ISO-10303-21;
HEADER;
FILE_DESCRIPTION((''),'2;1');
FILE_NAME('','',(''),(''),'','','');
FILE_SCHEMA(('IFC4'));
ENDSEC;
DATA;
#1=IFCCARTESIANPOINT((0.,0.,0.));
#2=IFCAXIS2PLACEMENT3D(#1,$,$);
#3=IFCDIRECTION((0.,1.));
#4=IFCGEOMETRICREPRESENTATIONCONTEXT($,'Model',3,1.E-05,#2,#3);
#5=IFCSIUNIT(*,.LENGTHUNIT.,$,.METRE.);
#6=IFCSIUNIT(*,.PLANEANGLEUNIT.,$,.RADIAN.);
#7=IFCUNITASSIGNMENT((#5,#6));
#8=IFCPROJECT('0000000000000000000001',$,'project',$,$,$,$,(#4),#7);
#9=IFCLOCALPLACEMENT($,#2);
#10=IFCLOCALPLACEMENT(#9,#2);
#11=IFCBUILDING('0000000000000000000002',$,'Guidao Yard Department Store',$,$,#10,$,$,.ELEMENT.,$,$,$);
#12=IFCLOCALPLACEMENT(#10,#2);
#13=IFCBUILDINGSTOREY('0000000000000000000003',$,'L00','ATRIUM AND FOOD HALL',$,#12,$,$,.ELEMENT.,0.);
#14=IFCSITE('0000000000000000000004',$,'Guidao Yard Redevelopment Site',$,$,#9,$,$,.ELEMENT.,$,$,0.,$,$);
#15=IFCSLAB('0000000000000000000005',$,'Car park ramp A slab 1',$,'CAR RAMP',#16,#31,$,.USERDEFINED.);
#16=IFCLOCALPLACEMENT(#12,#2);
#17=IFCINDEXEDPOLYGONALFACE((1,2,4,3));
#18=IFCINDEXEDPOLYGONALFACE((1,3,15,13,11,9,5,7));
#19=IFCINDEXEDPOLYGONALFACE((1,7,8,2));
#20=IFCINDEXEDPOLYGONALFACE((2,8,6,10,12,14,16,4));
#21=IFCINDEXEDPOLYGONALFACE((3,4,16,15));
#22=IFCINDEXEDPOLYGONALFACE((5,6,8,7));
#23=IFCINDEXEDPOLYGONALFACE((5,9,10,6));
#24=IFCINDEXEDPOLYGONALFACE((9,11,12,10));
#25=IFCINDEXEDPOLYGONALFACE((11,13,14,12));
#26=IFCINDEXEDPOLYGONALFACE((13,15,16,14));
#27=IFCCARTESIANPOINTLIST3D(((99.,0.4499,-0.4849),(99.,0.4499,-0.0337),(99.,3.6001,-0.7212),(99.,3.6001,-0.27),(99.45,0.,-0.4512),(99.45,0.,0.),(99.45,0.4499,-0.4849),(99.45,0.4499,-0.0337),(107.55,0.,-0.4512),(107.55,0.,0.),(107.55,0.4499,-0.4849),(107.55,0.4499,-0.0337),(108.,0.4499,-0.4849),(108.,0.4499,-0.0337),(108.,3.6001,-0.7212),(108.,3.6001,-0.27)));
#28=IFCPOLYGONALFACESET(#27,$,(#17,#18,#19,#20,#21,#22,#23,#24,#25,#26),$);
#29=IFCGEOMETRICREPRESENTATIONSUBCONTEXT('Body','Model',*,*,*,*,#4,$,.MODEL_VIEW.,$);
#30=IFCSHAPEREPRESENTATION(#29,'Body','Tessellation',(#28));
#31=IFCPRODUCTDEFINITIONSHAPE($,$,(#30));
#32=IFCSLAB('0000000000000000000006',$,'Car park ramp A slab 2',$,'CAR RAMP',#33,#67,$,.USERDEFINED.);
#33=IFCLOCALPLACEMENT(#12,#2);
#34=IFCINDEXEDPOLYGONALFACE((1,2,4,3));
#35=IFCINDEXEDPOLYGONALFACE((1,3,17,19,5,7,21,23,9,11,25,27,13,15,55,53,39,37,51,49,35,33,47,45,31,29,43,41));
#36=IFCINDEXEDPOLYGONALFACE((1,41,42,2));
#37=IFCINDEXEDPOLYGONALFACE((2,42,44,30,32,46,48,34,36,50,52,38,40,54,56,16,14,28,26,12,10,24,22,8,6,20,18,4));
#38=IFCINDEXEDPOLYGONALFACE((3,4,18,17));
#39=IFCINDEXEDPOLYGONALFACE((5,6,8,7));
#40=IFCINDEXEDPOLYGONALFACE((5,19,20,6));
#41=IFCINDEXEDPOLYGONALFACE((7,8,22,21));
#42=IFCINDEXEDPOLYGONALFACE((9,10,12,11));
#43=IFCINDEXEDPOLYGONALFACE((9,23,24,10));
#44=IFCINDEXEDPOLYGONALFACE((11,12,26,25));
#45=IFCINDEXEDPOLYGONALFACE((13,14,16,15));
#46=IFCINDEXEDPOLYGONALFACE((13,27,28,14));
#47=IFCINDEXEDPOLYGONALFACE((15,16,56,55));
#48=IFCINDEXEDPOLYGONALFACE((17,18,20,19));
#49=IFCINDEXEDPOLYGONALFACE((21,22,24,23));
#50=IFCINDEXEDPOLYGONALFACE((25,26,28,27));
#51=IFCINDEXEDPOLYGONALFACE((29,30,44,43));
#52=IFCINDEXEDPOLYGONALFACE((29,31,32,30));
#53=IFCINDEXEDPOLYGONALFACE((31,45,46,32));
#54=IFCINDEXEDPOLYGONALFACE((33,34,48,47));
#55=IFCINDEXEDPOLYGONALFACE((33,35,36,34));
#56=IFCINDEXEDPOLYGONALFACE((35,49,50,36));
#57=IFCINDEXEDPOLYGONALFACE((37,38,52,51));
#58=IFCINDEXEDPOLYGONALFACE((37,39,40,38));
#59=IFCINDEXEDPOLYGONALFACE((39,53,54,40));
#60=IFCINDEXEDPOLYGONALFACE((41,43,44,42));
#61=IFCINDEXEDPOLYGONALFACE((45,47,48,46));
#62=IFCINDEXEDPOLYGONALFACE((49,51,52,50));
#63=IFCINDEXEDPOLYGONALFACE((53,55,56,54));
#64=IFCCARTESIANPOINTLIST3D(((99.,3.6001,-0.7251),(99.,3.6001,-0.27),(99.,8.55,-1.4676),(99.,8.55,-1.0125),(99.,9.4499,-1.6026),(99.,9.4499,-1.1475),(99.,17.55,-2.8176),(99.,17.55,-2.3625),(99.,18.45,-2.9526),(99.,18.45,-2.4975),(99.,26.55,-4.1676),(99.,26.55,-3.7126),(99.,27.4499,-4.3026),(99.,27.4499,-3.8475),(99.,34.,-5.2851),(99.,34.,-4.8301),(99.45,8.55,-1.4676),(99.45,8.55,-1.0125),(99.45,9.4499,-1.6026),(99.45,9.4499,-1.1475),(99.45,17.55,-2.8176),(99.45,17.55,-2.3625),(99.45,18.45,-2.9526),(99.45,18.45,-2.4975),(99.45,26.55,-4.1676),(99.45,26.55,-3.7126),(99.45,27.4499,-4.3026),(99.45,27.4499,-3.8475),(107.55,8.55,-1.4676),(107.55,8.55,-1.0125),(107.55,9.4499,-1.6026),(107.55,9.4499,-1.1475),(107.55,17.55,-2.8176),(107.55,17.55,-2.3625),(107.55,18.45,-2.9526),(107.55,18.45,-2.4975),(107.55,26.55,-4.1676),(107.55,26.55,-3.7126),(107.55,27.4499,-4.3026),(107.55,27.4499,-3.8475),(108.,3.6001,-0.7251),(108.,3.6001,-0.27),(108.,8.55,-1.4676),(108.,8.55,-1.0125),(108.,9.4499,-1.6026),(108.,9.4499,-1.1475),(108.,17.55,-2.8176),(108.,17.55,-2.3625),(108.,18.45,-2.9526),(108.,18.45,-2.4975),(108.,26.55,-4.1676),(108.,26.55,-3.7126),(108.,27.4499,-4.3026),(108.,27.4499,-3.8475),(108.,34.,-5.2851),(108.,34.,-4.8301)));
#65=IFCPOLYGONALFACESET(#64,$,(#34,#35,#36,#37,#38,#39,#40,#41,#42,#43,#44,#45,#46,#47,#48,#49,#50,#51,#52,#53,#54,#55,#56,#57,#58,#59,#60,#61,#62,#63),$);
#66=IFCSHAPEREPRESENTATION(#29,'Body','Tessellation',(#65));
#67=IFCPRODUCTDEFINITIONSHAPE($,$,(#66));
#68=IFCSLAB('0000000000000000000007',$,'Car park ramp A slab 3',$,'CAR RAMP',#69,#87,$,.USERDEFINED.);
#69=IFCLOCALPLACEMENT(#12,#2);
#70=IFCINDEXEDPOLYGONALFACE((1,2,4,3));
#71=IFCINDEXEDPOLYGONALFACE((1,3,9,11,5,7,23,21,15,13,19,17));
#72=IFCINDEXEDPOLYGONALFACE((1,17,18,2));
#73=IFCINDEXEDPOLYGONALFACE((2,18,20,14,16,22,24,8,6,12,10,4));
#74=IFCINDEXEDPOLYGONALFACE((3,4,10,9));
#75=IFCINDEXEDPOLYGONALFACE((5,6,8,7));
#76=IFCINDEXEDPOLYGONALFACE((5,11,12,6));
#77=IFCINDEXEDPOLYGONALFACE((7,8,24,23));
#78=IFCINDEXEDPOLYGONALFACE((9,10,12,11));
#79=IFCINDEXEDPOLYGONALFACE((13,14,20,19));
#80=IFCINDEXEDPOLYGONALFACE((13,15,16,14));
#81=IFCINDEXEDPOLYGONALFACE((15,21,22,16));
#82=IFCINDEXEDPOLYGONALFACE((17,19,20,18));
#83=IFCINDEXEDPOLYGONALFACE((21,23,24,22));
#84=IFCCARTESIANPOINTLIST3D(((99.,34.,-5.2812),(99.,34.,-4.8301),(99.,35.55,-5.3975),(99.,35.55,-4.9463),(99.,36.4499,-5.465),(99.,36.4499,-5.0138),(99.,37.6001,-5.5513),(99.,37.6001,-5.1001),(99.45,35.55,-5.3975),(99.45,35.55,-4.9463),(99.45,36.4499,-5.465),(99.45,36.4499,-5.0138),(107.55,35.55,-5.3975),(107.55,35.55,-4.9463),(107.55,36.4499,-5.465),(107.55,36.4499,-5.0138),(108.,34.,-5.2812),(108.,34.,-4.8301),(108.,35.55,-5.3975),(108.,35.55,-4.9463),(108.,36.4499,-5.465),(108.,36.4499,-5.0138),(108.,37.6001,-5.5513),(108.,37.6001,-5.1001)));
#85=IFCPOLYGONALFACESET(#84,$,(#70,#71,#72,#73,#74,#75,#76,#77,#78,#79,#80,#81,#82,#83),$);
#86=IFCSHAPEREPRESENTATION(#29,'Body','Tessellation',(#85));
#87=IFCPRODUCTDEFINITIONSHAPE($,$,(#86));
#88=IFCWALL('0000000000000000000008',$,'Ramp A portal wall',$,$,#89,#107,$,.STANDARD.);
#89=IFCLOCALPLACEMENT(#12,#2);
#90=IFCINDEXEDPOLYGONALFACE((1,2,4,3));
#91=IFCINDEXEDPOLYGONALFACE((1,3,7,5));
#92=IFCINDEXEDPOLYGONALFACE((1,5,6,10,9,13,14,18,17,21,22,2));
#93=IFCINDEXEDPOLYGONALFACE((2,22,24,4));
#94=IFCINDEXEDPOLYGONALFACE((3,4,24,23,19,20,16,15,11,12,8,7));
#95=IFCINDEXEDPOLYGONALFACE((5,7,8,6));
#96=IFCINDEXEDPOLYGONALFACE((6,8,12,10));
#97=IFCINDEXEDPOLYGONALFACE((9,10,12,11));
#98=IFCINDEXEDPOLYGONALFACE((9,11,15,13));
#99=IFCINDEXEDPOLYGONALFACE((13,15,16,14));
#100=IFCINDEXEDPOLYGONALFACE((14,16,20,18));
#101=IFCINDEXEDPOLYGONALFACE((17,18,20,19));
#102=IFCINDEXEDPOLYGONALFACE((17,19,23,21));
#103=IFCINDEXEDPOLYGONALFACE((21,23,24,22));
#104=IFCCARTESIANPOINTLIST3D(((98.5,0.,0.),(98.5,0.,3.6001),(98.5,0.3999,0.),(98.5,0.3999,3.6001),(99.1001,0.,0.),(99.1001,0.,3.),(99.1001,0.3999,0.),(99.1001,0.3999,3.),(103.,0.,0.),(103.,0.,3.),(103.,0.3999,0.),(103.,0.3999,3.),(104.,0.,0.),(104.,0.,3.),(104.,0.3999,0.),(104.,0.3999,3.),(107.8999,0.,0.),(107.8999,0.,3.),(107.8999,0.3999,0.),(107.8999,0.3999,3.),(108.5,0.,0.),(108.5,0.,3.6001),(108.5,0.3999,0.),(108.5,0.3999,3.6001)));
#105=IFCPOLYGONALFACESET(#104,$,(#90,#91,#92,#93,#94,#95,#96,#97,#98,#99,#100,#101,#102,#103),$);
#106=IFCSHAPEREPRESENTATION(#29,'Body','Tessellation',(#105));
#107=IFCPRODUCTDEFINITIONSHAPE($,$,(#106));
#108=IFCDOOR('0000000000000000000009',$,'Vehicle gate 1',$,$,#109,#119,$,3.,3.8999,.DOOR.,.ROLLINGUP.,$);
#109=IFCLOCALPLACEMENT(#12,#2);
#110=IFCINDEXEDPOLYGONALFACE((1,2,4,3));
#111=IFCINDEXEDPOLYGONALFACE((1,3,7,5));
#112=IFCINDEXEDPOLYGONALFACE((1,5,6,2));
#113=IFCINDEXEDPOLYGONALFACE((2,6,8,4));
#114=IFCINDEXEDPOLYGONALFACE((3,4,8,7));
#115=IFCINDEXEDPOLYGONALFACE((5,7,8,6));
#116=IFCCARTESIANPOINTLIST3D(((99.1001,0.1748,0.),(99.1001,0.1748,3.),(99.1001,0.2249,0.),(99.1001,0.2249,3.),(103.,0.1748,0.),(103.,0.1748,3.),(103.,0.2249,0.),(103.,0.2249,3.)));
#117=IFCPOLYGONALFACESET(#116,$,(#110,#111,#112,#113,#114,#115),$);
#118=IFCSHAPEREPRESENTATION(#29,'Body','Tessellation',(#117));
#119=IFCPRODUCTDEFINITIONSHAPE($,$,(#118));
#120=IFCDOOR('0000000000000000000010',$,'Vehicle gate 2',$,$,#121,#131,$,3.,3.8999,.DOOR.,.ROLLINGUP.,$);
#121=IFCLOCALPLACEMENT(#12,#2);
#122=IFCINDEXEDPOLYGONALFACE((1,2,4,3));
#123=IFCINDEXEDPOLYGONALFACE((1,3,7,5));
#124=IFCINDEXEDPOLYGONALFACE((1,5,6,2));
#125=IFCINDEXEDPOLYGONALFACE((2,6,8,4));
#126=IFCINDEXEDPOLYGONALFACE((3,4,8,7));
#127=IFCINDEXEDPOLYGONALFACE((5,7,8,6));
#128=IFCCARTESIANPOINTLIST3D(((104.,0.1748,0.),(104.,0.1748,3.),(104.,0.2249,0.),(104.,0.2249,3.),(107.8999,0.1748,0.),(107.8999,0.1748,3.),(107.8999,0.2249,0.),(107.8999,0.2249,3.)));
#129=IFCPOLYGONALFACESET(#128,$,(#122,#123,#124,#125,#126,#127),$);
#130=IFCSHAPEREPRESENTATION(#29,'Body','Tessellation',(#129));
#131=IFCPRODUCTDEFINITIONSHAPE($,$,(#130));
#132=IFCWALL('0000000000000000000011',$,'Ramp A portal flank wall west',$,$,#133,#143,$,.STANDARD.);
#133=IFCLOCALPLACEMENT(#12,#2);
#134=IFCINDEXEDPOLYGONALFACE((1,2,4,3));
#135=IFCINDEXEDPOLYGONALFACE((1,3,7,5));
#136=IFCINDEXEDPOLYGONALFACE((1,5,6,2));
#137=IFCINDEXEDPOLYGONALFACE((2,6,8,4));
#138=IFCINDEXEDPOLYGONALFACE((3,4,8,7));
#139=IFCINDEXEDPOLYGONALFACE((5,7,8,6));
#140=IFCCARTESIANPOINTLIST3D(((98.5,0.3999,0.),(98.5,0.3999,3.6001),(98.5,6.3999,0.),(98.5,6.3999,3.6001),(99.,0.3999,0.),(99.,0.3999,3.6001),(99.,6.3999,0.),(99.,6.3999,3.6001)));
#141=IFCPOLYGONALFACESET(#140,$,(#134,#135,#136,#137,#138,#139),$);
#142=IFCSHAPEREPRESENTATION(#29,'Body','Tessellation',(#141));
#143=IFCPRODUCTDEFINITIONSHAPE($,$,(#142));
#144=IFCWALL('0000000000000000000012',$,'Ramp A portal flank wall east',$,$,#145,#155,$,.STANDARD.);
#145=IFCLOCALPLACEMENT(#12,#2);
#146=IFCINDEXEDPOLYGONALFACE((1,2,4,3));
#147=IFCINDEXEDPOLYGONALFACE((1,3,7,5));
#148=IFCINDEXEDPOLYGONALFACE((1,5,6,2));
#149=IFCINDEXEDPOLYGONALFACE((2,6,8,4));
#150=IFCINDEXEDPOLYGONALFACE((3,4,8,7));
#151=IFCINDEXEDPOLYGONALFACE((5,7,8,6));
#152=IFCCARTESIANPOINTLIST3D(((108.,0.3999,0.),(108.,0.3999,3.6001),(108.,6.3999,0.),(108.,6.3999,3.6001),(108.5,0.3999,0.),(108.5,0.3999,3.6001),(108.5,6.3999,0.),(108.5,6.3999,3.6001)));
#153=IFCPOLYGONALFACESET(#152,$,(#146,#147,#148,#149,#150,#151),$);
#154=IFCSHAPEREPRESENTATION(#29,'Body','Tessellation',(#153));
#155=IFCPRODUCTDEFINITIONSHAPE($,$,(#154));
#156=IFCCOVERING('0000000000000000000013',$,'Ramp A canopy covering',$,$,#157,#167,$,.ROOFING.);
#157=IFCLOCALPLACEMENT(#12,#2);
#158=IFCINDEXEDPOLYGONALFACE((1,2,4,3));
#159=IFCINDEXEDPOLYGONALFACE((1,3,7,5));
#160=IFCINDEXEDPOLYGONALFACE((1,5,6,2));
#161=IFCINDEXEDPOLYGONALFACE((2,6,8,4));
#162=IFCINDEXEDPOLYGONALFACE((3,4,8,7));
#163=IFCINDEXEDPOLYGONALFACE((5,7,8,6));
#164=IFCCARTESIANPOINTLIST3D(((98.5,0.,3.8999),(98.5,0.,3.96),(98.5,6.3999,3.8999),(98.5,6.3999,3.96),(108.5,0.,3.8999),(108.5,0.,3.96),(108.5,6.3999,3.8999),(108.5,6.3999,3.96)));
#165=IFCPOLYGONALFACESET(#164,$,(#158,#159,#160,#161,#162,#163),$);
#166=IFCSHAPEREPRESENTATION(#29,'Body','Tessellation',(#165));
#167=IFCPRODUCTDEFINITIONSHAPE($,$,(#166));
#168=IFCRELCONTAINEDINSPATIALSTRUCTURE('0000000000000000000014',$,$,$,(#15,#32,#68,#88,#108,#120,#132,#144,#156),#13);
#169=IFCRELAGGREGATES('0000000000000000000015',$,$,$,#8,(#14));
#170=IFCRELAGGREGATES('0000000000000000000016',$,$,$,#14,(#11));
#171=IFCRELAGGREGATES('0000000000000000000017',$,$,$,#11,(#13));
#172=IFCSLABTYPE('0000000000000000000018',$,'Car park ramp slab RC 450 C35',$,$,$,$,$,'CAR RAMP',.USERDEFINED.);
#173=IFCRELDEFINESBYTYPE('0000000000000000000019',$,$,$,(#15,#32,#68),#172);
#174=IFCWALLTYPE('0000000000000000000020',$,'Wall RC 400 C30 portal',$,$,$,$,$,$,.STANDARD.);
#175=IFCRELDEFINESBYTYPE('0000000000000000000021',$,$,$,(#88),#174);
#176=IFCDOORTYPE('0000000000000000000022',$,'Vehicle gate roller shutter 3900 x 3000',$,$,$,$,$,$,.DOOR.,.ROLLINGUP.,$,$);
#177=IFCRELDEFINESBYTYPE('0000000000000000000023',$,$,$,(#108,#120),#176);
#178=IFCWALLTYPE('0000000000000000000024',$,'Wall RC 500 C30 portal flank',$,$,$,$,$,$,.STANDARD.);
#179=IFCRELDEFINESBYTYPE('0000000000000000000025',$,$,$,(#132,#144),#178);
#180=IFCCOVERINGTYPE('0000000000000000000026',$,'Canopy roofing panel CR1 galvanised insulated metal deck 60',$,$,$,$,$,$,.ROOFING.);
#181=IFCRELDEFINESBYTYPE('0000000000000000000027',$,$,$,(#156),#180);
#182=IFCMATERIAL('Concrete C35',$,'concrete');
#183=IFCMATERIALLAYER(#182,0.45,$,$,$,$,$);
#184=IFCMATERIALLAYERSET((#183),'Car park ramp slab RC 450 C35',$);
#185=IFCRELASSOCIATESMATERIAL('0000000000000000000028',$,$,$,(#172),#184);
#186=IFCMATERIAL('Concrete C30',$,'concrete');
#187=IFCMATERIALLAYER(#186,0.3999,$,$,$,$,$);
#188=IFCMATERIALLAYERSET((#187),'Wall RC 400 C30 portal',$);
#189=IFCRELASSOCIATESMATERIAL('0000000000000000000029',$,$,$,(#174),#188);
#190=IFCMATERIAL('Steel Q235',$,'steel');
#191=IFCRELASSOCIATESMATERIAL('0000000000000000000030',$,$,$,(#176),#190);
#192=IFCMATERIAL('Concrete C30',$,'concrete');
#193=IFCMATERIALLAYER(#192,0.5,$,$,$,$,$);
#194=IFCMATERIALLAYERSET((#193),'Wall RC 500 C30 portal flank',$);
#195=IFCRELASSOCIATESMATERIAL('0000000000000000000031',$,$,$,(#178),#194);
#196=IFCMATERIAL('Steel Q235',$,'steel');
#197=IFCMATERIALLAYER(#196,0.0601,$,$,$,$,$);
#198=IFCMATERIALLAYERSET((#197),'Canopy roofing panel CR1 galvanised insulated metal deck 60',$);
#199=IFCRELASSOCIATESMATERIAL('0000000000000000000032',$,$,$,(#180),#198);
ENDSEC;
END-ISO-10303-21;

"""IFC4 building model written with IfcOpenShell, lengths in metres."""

from ifc_helpers import new_model, si_unit, direction, frame, frame_2d, origin, origin_2d, place, context, subcontext, project, spatial, polyline, rectangle, outline, extrude, material, layer, layer_set, type_object, element, fill, save


model = new_model("IFC4")

# Units and contexts
model_context = context("Model", 3, precision=1e-05, world=origin(), true_north=direction((0.0, 1.0)))
body_context = subcontext(model_context, "Body", "Model", "MODEL_VIEW")
ifc_project = project(units=[si_unit("LENGTHUNIT", "METRE"), si_unit("PLANEANGLEUNIT", "RADIAN")], contexts=[model_context])

# Site, building, storey
site_placement = place(None, origin())
site = spatial("IfcSite", under=ifc_project, at=site_placement, Name="Guidao Yard Redevelopment Site", CompositionType="ELEMENT", RefElevation=0.0)
building_placement = place(site_placement, origin())
building = spatial("IfcBuilding", under=site, at=building_placement, Name="Guidao Yard Department Store", CompositionType="ELEMENT")
storey_placement = place(building_placement, origin())
storey = spatial("IfcBuildingStorey", under=building, at=storey_placement, Name="L00", Description="ATRIUM AND FOOD HALL", CompositionType="ELEMENT", Elevation=0.0)

# Slabs
ifc_material_1 = material(Name="Concrete C35", Category="concrete")
ifc_layer_1 = layer(ifc_material_1, 0.45)
ifc_layer_set_1 = layer_set([ifc_layer_1], Name="Car park ramp slab RC 450 C35")
slab_type = type_object("IfcSlabType", Name="Car park ramp slab RC 450 C35", ElementType="CAR RAMP", PredefinedType="USERDEFINED", material=ifc_layer_set_1)
slab_1_placement = place(storey_placement, frame((99.0, 3.6001, -0.27), z_axis=(0.0, 0.074795, 0.997199), x_axis=(0.0, -0.997199, 0.074795)))
element("IfcSlab", 1, at=slab_1_placement, inside=storey, type_object=slab_type, Name="Car park ramp A slab 1", ObjectType="CAR RAMP", PredefinedType="USERDEFINED", context=body_context, shape_type="SweptSolid", body=[
    extrude(outline(polyline([(0.0, 0.0), (3.159, 0.0), (3.159, 0.45), (3.6102, 0.45), (3.6102, 8.55), (3.159, 8.55), (3.159, 9.0), (0.0, 9.0), (0.0, 0.0)])), origin(), (-0.074795, 0.0, -0.997199), 0.4512),
])
slab_2_placement = place(storey_placement, frame((108.0, 3.6001, -0.27), z_axis=(0.0, 0.148343, 0.988936), x_axis=(0.0, 0.988936, -0.148343)))
element("IfcSlab", 2, at=slab_2_placement, inside=storey, type_object=slab_type, Name="Car park ramp A slab 2", ObjectType="CAR RAMP", PredefinedType="USERDEFINED", context=body_context, shape_type="SweptSolid", body=[
    extrude(outline(polyline([(0.0, 0.0), (5.0053, 0.0), (5.0053, 0.45), (5.9153, 0.45), (5.9153, 0.0), (14.106, 0.0), (14.106, 0.45), (15.016, 0.45), (15.016, 0.0), (23.2067, 0.0), (23.2067, 0.45), (24.1167, 0.45), (24.1167, 0.0), (30.74, 0.0), (30.74, 9.0), (24.1167, 9.0), (24.1167, 8.55), (23.2067, 8.55), (23.2067, 9.0), (15.016, 9.0), (15.016, 8.55), (14.106, 8.55), (14.106, 9.0), (5.9153, 9.0), (5.9153, 8.55), (5.0053, 8.55), (5.0053, 9.0), (0.0, 9.0), (0.0, 0.0)])), origin(), (0.148343, 0.0, -0.988936), 0.4551),
])
slab_3_placement = place(storey_placement, frame((108.0, 34.0, -4.8301), z_axis=(0.0, 0.074797, 0.997199), x_axis=(0.0, 0.997199, -0.074797)))
element("IfcSlab", 3, at=slab_3_placement, inside=storey, type_object=slab_type, Name="Car park ramp A slab 3", ObjectType="CAR RAMP", PredefinedType="USERDEFINED", context=body_context, shape_type="SweptSolid", body=[
    extrude(outline(polyline([(0.0, 0.0), (1.5544, 0.0), (1.5544, 0.45), (2.4568, 0.45), (2.4568, 0.0), (3.6102, 0.0), (3.6102, 9.0), (2.4568, 9.0), (2.4568, 8.55), (1.5544, 8.55), (1.5544, 9.0), (0.0, 9.0), (0.0, 0.0)])), origin(), (0.074797, 0.0, -0.997199), 0.4512),
])

# Wall, openings, doors
ifc_material_2 = material(Name="Concrete C30", Category="concrete")
ifc_layer_2 = layer(ifc_material_2, 0.3999)
ifc_layer_set_2 = layer_set([ifc_layer_2], Name="Wall RC 400 C30 portal")
wall_type_1 = type_object("IfcWallType", Name="Wall RC 400 C30 portal", PredefinedType="STANDARD", material=ifc_layer_set_2)
wall_placement = place(storey_placement, frame((98.5, 0.2, 0.0), z_axis=(0.0, 0.0, 1.0), x_axis=(1.0, 0.0, 0.0)))
wall = element("IfcWall", 4, at=wall_placement, inside=storey, type_object=wall_type_1, Name="Ramp A portal wall", PredefinedType="STANDARD", context=body_context, shape_type="SweptSolid", body=[
    extrude(rectangle(XDim=10.0, YDim=0.3999, at=frame_2d((5.0, 0.0))), origin(), (0.0, 0.0, 1.0), 3.6001),
])
opening_1_placement = place(wall_placement, frame((0.6001, 0.0, 0.0)))
opening_1 = element("IfcOpeningElement", 5, at=opening_1_placement, cuts=wall, PredefinedType="OPENING", context=body_context, shape_type="SweptSolid", body=[
    extrude(rectangle(XDim=3.8999, YDim=3.0, at=frame_2d((1.95, 1.5))), frame((0.0, 0.21, 0.0), z_axis=(0.0, -1.0, 0.0), x_axis=(1.0, 0.0, 0.0)), (0.0, 0.0, 1.0), 0.4199),
])
opening_2_placement = place(wall_placement, frame((5.5, 0.0, 0.0)))
opening_2 = element("IfcOpeningElement", 6, at=opening_2_placement, cuts=wall, PredefinedType="OPENING", context=body_context, shape_type="SweptSolid", body=[
    extrude(rectangle(XDim=3.8999, YDim=3.0, at=frame_2d((1.95, 1.5))), frame((0.0, 0.21, 0.0), z_axis=(0.0, -1.0, 0.0), x_axis=(1.0, 0.0, 0.0)), (0.0, 0.0, 1.0), 0.4199),
])
ifc_material_3 = material(Name="Steel Q235", Category="steel")
door_type = type_object("IfcDoorType", Name="Vehicle gate roller shutter 3900 x 3000", OperationType="ROLLINGUP", PredefinedType="DOOR", material=ifc_material_3)
door_1_placement = place(opening_1_placement, origin())
door_1 = element("IfcDoor", 7, at=door_1_placement, inside=storey, type_object=door_type, Name="Vehicle gate 1", OperationType="ROLLINGUP", OverallHeight=3.0, OverallWidth=3.8999, PredefinedType="DOOR", context=body_context, shape_type="SweptSolid", body=[
    extrude(rectangle(XDim=3.8999, YDim=3.0, at=frame_2d((1.95, 1.5))), frame((0.0, 0.0249, 0.0), z_axis=(0.0, -1.0, 0.0), x_axis=(1.0, 0.0, 0.0)), (0.0, 0.0, 1.0), 0.05),
])
fill(opening_1, door_1)
door_2_placement = place(opening_2_placement, origin())
door_2 = element("IfcDoor", 8, at=door_2_placement, inside=storey, type_object=door_type, Name="Vehicle gate 2", OperationType="ROLLINGUP", OverallHeight=3.0, OverallWidth=3.8999, PredefinedType="DOOR", context=body_context, shape_type="SweptSolid", body=[
    extrude(rectangle(XDim=3.8999, YDim=3.0, at=frame_2d((1.95, 1.5))), frame((0.0, 0.0249, 0.0), z_axis=(0.0, -1.0, 0.0), x_axis=(1.0, 0.0, 0.0)), (0.0, 0.0, 1.0), 0.05),
])
fill(opening_2, door_2)

# Walls
ifc_material_4 = material(Name="Concrete C30", Category="concrete")
ifc_layer_3 = layer(ifc_material_4, 0.5)
ifc_layer_set_3 = layer_set([ifc_layer_3], Name="Wall RC 500 C30 portal flank")
wall_type_2 = type_object("IfcWallType", Name="Wall RC 500 C30 portal flank", PredefinedType="STANDARD", material=ifc_layer_set_3)
for number, where, z_axis, x_axis, name in (
    (9, (98.75, 0.3999, 0.0), (0.0, 0.0, 1.0), (0.0, 1.0, 0.0), "Ramp A portal flank wall west"),
    (10, (108.25, 0.3999, 0.0), (0.0, 0.0, 1.0), (0.0, 1.0, 0.0), "Ramp A portal flank wall east"),
):
    element("IfcWall", number, at=place(storey_placement, frame(where, z_axis=z_axis, x_axis=x_axis)), inside=storey, type_object=wall_type_2, Name=name, PredefinedType="STANDARD", context=body_context, shape_type="SweptSolid", body=[
        extrude(rectangle(XDim=6.0, YDim=0.5, at=frame_2d((3.0, 0.0))), origin(), (0.0, 0.0, 1.0), 3.6001),
    ])

# Covering
ifc_material_5 = material(Name="Steel Q235", Category="steel")
ifc_layer_4 = layer(ifc_material_5, 0.0601)
ifc_layer_set_4 = layer_set([ifc_layer_4], Name="Canopy roofing panel CR1 galvanised insulated metal deck 60")
covering_type = type_object("IfcCoveringType", Name="Canopy roofing panel CR1 galvanised insulated metal deck 60", PredefinedType="ROOFING", material=ifc_layer_set_4)
covering_placement = place(storey_placement, frame((103.5, 3.2, 3.8999), z_axis=(0.0, 0.0, 1.0), x_axis=(1.0, 0.0, 0.0)))
element("IfcCovering", 11, at=covering_placement, inside=storey, type_object=covering_type, Name="Ramp A canopy covering", PredefinedType="ROOFING", context=body_context, shape_type="SweptSolid", body=[
    extrude(rectangle(XDim=10.0, YDim=6.3999, at=origin_2d()), origin(), (0.0, 0.0, 1.0), 0.0601),
])

save(model, "model.ifc")
